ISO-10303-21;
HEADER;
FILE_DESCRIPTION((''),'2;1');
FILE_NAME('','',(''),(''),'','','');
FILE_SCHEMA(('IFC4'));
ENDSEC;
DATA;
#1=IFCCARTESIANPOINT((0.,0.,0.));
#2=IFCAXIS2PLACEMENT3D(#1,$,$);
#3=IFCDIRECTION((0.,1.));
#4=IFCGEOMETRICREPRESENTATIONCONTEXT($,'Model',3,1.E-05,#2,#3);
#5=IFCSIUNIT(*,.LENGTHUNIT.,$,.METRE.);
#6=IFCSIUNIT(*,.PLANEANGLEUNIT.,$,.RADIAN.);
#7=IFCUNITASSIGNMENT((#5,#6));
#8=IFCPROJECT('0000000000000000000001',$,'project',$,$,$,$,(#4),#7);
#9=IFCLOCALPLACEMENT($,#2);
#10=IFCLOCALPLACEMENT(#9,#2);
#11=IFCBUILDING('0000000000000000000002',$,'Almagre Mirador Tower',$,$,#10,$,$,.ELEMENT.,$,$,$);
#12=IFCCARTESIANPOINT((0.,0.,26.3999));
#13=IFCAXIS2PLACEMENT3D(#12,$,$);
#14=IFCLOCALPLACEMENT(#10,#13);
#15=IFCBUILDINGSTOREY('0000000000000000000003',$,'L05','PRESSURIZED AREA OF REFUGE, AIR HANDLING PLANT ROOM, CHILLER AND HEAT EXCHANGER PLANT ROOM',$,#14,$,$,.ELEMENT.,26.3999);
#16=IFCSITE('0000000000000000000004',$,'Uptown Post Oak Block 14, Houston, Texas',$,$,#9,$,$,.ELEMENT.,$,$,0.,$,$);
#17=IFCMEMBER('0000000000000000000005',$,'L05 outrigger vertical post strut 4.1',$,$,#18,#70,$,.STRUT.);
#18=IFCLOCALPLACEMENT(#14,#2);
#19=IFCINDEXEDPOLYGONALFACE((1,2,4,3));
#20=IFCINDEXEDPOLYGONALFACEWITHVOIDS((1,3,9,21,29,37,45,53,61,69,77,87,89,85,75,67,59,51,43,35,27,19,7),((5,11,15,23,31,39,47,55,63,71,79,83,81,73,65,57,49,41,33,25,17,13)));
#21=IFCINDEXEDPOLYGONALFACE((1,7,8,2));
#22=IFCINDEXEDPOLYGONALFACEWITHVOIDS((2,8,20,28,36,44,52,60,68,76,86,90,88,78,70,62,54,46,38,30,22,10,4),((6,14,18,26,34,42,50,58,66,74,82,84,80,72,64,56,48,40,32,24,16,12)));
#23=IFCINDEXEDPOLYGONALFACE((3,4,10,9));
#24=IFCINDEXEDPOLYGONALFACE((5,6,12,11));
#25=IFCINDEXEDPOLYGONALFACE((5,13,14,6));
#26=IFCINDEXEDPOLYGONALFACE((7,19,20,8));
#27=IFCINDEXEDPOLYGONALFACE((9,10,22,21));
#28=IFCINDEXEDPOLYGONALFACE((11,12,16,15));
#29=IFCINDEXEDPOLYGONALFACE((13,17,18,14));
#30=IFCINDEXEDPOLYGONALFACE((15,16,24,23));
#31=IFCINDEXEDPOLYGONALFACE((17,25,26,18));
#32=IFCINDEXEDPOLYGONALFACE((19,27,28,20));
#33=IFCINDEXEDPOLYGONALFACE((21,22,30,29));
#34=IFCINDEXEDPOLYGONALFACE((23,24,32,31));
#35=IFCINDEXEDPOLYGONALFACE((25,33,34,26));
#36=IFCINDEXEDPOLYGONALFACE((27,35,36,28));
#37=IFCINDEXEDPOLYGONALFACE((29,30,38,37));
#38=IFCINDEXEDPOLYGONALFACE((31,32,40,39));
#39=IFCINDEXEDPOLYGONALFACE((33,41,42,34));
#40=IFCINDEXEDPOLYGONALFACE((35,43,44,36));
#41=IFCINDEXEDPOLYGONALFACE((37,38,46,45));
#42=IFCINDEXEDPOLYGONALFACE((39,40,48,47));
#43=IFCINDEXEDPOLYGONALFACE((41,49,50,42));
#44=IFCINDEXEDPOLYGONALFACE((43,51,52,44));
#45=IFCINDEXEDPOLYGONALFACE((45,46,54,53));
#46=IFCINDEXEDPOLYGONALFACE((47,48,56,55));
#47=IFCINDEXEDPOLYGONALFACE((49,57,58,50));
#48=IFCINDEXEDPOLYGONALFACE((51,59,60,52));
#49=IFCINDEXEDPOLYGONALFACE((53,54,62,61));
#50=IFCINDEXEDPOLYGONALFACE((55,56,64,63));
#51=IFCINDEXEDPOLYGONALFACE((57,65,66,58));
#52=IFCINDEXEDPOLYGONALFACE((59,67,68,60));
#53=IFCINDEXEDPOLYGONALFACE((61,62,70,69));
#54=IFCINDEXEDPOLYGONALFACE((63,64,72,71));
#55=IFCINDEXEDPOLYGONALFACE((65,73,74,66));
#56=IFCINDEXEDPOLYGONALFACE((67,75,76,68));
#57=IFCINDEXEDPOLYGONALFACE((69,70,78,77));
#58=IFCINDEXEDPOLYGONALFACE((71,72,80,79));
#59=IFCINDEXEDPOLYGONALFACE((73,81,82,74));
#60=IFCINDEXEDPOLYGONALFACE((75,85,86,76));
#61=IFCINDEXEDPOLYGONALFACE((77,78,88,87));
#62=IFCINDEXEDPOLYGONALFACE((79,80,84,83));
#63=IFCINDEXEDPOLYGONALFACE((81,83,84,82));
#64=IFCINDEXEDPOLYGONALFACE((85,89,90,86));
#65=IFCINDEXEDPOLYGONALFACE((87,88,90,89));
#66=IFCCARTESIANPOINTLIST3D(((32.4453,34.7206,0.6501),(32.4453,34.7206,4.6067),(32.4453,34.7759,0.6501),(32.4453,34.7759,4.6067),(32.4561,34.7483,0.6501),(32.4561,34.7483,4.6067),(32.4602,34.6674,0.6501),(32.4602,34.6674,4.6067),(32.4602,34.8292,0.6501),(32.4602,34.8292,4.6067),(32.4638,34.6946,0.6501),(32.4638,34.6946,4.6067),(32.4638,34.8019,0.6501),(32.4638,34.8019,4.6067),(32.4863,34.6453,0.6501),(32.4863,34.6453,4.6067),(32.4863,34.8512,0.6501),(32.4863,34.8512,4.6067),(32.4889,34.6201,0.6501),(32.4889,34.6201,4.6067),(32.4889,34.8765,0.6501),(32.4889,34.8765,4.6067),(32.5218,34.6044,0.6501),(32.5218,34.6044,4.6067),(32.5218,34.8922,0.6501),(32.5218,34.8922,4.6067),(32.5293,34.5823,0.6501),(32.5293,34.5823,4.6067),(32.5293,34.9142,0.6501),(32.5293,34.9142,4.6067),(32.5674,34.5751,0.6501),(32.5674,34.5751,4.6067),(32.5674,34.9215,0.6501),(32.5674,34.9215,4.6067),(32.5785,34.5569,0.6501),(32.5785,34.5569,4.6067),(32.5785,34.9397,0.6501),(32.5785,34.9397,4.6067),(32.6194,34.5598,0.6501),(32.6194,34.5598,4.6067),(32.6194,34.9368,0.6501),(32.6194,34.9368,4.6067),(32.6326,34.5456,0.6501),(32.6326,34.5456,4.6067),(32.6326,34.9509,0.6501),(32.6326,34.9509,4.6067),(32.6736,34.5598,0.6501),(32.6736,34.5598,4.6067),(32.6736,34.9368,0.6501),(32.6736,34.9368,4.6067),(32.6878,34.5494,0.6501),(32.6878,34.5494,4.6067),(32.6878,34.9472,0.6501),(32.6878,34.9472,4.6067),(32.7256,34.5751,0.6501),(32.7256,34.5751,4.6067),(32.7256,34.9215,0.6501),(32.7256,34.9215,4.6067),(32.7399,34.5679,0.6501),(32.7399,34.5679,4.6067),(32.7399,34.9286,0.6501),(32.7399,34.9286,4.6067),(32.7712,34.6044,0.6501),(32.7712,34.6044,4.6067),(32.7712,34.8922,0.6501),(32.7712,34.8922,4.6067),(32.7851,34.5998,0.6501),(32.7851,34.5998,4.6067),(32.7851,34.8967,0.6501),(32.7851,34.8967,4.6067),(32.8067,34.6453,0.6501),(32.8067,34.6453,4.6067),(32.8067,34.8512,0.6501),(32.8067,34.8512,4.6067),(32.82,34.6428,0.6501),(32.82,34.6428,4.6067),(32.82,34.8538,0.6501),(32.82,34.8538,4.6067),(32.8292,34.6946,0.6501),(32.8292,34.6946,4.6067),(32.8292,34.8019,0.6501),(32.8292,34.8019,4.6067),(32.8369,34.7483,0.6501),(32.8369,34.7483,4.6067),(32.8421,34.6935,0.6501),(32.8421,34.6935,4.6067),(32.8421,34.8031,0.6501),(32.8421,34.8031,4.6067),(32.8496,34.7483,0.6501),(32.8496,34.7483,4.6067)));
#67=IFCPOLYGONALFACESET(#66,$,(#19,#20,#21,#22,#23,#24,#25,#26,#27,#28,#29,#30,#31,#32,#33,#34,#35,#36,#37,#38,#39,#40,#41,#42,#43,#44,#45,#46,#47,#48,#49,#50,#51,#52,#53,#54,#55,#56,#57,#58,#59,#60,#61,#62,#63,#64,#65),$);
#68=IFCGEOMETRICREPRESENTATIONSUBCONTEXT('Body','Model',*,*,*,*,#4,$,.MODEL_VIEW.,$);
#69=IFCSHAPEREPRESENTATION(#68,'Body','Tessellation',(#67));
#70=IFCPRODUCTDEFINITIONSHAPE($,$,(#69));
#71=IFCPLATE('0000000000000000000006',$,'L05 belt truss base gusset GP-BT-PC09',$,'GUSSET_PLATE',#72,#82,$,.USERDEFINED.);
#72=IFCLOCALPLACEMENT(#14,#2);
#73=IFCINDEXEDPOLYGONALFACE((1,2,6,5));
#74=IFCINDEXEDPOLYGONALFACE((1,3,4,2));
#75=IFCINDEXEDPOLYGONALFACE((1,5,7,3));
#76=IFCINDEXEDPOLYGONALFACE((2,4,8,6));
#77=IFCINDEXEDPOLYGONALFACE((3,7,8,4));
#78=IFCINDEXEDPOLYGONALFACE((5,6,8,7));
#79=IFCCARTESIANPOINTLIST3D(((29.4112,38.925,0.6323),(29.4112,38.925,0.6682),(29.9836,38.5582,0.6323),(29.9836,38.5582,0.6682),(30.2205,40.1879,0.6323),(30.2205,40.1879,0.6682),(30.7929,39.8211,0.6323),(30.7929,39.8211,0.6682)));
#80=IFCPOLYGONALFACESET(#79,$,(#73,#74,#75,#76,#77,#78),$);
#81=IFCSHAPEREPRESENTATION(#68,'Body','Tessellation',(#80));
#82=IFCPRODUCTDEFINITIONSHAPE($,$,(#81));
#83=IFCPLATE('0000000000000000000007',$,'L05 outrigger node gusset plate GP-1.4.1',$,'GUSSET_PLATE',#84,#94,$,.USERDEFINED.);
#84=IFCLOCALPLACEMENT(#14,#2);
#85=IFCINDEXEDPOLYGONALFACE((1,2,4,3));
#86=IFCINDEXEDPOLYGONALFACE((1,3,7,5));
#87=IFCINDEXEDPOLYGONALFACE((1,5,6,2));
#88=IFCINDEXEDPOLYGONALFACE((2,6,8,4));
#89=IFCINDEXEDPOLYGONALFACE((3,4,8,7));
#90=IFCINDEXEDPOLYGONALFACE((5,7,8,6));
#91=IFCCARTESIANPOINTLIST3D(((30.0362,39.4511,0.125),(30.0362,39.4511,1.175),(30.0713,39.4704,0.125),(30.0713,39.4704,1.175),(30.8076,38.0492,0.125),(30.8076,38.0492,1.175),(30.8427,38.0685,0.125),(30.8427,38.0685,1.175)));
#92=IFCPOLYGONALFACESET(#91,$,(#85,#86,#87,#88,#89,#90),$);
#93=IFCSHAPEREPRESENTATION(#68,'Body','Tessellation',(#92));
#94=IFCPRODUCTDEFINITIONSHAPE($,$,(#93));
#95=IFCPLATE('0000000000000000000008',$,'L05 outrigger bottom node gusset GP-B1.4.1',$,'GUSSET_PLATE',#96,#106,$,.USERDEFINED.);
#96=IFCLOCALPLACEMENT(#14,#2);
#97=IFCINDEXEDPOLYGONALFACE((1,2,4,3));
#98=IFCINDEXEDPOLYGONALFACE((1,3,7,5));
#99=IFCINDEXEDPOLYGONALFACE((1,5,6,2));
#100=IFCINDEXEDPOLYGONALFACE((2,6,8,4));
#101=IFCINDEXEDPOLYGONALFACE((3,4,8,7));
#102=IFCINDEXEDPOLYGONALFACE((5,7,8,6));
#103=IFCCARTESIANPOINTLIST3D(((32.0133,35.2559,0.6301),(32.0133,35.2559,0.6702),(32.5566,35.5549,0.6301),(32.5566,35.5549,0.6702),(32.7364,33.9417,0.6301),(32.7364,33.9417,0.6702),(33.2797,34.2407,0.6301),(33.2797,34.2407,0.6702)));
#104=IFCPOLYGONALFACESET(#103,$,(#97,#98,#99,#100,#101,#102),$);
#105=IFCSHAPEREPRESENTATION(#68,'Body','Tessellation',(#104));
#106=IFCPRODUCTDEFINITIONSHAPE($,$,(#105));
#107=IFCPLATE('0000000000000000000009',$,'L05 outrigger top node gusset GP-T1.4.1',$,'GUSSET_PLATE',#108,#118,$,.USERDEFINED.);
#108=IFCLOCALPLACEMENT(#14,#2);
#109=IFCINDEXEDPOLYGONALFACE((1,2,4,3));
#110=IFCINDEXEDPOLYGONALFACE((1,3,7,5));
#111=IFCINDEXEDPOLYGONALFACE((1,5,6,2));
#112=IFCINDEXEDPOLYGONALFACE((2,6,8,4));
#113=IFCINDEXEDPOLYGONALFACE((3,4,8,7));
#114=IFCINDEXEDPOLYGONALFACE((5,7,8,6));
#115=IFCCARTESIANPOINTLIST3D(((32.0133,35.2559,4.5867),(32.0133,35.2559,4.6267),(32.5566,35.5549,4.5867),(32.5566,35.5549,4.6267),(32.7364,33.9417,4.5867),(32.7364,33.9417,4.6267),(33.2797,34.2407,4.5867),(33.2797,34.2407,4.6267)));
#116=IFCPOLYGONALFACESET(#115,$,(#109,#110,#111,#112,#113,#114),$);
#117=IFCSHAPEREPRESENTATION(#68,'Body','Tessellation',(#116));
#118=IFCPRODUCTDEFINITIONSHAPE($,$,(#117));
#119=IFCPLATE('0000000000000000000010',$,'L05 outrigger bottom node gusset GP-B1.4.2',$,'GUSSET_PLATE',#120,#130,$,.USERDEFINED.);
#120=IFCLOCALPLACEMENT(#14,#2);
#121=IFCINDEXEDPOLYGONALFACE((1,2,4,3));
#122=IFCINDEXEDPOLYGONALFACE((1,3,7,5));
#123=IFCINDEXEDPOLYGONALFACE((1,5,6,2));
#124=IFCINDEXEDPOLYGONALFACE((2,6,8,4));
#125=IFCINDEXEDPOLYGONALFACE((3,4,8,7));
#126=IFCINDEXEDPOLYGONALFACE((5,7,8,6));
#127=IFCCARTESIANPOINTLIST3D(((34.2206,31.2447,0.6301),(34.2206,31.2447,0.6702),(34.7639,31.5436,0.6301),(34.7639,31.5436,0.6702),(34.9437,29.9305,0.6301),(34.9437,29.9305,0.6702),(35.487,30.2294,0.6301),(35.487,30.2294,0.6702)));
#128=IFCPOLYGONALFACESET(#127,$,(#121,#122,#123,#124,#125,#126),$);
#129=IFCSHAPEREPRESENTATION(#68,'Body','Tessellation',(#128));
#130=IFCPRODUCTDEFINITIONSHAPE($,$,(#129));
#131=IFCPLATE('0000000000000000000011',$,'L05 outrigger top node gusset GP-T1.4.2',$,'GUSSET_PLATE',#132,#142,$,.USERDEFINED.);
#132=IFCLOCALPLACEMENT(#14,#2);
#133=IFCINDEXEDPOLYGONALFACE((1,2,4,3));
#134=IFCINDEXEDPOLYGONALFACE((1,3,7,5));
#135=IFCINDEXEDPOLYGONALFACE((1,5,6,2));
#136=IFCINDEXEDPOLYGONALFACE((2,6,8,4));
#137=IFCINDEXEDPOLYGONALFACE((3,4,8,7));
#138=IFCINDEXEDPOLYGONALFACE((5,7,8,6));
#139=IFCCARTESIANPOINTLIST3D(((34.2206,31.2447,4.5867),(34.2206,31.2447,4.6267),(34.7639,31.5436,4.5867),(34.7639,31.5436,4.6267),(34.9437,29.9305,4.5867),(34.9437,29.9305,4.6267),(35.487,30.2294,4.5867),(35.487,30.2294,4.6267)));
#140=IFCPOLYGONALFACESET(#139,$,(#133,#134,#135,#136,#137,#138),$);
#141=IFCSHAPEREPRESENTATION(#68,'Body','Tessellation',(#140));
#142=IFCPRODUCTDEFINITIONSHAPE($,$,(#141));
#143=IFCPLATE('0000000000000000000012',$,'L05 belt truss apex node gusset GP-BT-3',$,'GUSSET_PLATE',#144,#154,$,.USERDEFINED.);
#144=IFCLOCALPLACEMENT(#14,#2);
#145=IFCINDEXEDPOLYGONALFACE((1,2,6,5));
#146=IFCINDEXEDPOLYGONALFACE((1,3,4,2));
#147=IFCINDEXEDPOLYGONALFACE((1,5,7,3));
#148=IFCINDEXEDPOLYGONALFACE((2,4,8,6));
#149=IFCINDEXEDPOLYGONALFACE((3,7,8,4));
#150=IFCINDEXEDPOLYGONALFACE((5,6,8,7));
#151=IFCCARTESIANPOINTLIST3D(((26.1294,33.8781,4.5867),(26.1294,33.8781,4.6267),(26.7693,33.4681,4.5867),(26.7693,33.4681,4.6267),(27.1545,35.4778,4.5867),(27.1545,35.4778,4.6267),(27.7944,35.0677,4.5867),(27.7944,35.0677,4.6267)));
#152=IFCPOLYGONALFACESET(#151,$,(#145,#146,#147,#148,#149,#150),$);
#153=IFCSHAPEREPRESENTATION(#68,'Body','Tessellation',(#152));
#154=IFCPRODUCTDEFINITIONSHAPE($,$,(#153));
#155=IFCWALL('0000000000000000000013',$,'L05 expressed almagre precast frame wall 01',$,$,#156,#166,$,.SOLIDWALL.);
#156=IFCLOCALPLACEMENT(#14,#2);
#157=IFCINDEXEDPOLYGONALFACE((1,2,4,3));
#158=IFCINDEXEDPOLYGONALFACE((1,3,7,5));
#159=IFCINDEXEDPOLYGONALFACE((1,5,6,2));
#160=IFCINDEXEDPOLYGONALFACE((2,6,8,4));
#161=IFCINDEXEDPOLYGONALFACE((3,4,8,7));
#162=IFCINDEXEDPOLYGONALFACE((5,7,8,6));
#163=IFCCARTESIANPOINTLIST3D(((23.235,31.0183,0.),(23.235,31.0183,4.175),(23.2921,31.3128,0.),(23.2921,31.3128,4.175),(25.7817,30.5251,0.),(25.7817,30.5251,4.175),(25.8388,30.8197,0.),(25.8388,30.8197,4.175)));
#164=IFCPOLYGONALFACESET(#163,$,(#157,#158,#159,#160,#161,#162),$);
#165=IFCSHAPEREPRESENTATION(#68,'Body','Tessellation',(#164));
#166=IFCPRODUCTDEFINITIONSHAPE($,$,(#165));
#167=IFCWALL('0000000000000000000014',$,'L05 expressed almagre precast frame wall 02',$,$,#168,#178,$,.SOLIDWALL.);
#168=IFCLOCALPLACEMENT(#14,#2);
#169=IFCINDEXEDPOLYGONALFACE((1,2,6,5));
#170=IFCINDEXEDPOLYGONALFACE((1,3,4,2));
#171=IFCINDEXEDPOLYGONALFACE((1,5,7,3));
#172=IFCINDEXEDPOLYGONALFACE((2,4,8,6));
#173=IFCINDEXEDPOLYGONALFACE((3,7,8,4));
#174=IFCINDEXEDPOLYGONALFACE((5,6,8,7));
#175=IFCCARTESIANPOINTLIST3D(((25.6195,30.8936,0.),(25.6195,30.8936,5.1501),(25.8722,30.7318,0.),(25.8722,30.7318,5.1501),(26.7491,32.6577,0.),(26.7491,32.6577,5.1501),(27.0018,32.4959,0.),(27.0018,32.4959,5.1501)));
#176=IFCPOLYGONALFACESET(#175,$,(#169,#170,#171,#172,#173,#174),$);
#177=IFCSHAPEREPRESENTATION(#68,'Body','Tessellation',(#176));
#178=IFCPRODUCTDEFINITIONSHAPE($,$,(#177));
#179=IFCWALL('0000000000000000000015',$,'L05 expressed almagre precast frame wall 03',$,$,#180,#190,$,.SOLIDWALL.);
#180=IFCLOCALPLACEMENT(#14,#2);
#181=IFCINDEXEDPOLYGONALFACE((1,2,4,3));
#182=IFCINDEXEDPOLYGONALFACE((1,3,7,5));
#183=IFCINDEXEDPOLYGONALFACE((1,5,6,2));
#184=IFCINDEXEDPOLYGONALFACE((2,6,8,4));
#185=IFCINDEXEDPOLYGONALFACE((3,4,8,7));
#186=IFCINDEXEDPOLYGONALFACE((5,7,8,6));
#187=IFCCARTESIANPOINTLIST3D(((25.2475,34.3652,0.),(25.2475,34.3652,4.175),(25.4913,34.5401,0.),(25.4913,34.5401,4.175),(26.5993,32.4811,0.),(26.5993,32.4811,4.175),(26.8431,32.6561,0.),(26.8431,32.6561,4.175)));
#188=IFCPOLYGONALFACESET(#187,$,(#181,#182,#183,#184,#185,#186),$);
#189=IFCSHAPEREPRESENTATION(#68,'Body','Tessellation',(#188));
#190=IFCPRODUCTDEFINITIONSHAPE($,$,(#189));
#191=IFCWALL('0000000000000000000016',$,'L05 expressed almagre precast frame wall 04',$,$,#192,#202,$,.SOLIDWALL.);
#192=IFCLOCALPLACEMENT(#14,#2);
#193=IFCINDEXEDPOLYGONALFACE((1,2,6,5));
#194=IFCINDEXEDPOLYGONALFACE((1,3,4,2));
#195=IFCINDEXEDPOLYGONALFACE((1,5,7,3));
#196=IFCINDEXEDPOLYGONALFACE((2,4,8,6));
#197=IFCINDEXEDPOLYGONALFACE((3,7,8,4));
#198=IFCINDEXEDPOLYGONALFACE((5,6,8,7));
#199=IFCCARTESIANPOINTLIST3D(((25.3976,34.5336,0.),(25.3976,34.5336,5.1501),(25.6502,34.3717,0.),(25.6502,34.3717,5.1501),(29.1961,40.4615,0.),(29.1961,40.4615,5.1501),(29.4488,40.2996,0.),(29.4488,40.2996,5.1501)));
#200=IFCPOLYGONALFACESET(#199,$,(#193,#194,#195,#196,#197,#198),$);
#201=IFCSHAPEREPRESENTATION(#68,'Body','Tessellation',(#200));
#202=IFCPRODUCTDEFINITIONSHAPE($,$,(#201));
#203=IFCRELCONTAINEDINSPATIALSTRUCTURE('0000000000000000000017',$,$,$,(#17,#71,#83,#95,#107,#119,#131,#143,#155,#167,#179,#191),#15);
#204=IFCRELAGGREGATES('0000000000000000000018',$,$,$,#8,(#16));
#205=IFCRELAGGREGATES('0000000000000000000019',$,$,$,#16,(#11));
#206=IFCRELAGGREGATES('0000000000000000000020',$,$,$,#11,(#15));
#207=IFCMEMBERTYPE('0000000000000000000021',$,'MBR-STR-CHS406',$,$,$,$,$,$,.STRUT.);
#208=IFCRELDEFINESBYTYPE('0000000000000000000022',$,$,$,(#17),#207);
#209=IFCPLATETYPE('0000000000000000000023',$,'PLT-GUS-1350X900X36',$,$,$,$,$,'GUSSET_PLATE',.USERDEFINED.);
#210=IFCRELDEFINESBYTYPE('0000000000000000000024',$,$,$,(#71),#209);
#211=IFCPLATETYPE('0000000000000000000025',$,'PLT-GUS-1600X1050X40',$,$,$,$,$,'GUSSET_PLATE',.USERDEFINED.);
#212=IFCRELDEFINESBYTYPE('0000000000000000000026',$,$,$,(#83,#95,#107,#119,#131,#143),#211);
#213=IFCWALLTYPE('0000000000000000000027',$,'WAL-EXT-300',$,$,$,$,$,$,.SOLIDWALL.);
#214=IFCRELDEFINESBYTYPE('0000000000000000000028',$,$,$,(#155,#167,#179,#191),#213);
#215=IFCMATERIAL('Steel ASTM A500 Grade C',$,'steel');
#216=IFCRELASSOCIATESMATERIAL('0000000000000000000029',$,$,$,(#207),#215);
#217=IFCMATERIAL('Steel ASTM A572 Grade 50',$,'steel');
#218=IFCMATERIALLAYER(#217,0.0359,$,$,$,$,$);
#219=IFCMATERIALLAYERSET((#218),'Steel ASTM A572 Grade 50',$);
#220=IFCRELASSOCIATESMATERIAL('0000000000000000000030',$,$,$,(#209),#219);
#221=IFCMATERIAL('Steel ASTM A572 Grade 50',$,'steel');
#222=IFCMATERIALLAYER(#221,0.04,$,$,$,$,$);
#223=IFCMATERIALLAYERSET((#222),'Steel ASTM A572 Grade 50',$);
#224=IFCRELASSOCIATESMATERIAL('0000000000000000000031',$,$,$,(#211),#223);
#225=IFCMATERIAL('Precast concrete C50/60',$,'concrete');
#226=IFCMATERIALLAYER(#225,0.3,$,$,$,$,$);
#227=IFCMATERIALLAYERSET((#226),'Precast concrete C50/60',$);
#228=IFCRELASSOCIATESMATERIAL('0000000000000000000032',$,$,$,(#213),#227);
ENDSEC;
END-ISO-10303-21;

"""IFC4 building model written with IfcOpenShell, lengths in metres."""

from ifc_helpers import new_model, si_unit, direction, frame, frame_2d, origin, origin_2d, place, context, subcontext, project, spatial, rectangle, hollow_circle, extrude, material, layer, layer_set, material_profile, profile_set, type_object, element, save


model = new_model("IFC4")

# Units and contexts
model_context = context("Model", 3, precision=1e-05, world=origin(), true_north=direction((0.0, 1.0)))
body_context = subcontext(model_context, "Body", "Model", "MODEL_VIEW")
ifc_project = project(units=[si_unit("LENGTHUNIT", "METRE"), si_unit("PLANEANGLEUNIT", "RADIAN")], contexts=[model_context])

# Site, building, storey
site_placement = place(None, origin())
site = spatial("IfcSite", under=ifc_project, at=site_placement, Name="Uptown Post Oak Block 14, Houston, Texas", CompositionType="ELEMENT", RefElevation=0.0)
building_placement = place(site_placement, origin())
building = spatial("IfcBuilding", under=site, at=building_placement, Name="Almagre Mirador Tower", CompositionType="ELEMENT")
storey_placement = place(building_placement, frame((0.0, 0.0, 26.3999)))
storey = spatial("IfcBuildingStorey", under=building, at=storey_placement, Name="L05", Description="PRESSURIZED AREA OF REFUGE, AIR HANDLING PLANT ROOM, CHILLER AND HEAT EXCHANGER PLANT ROOM", CompositionType="ELEMENT", Elevation=26.3999)

# Member
ifc_material_1 = material(Name="Steel ASTM A500 Grade C", Category="steel")
ifc_material_profile_1 = material_profile(ifc_material_1, hollow_circle(Radius=0.2031, WallThickness=0.0127, at=origin_2d()), Name="CHS406.4X12.7")
ifc_profile_set_1 = profile_set([ifc_material_profile_1], Name="Steel ASTM A500 Grade C")
member_type_1 = type_object("IfcMemberType", Name="MBR-STR-CHS406", PredefinedType="STRUT", material=ifc_profile_set_1)
member_1_placement = place(storey_placement, frame((32.6465, 34.7483, 0.6501), z_axis=(0.0, 0.0, 1.0), x_axis=(1.0, 0.0, 0.0)))
element("IfcMember", 1, at=member_1_placement, inside=storey, type_object=member_type_1, Name="L05 outrigger vertical post strut 4.1", PredefinedType="STRUT", context=body_context, shape_type="SweptSolid", body=[
    extrude(hollow_circle(Radius=0.2031, WallThickness=0.0127, at=origin_2d()), origin(), (0.0, 0.0, 1.0), 3.9565),
])

# Plates
ifc_material_2 = material(Name="Steel ASTM A572 Grade 50", Category="steel")
ifc_layer_1 = layer(ifc_material_2, 0.0359)
ifc_layer_set_1 = layer_set([ifc_layer_1], Name="Steel ASTM A572 Grade 50")
plate_type_1 = type_object("IfcPlateType", Name="PLT-GUS-1350X900X36", ElementType="GUSSET_PLATE", PredefinedType="USERDEFINED", material=ifc_layer_set_1)
plate_1_placement = place(storey_placement, frame((30.1021, 39.373, 0.6323), z_axis=(0.0, 0.0, 1.0), x_axis=(-0.539535, -0.841963, 0.0)))
element("IfcPlate", 2, at=plate_1_placement, inside=storey, type_object=plate_type_1, Name="L05 belt truss base gusset GP-BT-PC09", ObjectType="GUSSET_PLATE", PredefinedType="USERDEFINED", context=body_context, shape_type="SweptSolid", body=[
    extrude(rectangle(XDim=1.5, YDim=0.6799, at=origin_2d()), origin(), (0.0, 0.0, 1.0), 0.0359),
])
ifc_material_3 = material(Name="Steel ASTM A572 Grade 50", Category="steel")
ifc_layer_2 = layer(ifc_material_3, 0.04)
ifc_layer_set_2 = layer_set([ifc_layer_2], Name="Steel ASTM A572 Grade 50")
plate_type_2 = type_object("IfcPlateType", Name="PLT-GUS-1600X1050X40", ElementType="GUSSET_PLATE", PredefinedType="USERDEFINED", material=ifc_layer_set_2)
plate_2_placement = place(storey_placement, frame((30.4395, 38.7598, 0.125), z_axis=(0.0, 0.0, 1.0), x_axis=(0.482075, -0.87613, 0.0)))
element("IfcPlate", 3, at=plate_2_placement, inside=storey, type_object=plate_type_2, Name="L05 outrigger node gusset plate GP-1.4.1", ObjectType="GUSSET_PLATE", PredefinedType="USERDEFINED", context=body_context, shape_type="SweptSolid", body=[
    extrude(rectangle(XDim=1.6001, YDim=0.04, at=origin_2d()), origin(), (0.0, 0.0, 1.0), 1.05),
])
for number, where, z_axis, x_axis, name in (
    (4, (32.6465, 34.7483, 0.6301), (0.0, 0.0, 1.0), (0.482075, -0.87613, 0.0), "L05 outrigger bottom node gusset GP-B1.4.1"),
    (5, (32.6465, 34.7483, 4.5867), (0.0, 0.0, 1.0), (0.482075, -0.87613, 0.0), "L05 outrigger top node gusset GP-T1.4.1"),
    (6, (34.8538, 30.7371, 0.6301), (0.0, 0.0, 1.0), (0.482075, -0.87613, 0.0), "L05 outrigger bottom node gusset GP-B1.4.2"),
    (7, (34.8538, 30.7371, 4.5867), (0.0, 0.0, 1.0), (0.482075, -0.87613, 0.0), "L05 outrigger top node gusset GP-T1.4.2"),
):
    element("IfcPlate", number, at=place(storey_placement, frame(where, z_axis=z_axis, x_axis=x_axis)), inside=storey, type_object=plate_type_2, Name=name, ObjectType="GUSSET_PLATE", PredefinedType="USERDEFINED", context=body_context, shape_type="SweptSolid", body=[
        extrude(rectangle(XDim=1.5, YDim=0.6201, at=origin_2d()), origin(), (0.0, 0.0, 1.0), 0.04),
    ])
plate_3_placement = place(storey_placement, frame((26.9619, 34.4729, 4.5867), z_axis=(0.0, 0.0, 1.0), x_axis=(-0.539535, -0.841963, 0.0)))
element("IfcPlate", 8, at=plate_3_placement, inside=storey, type_object=plate_type_2, Name="L05 belt truss apex node gusset GP-BT-3", ObjectType="GUSSET_PLATE", PredefinedType="USERDEFINED", context=body_context, shape_type="SweptSolid", body=[
    extrude(rectangle(XDim=1.8999, YDim=0.76, at=origin_2d()), origin(), (0.0, 0.0, 1.0), 0.04),
])

# Walls
ifc_material_4 = material(Name="Precast concrete C50/60", Category="concrete")
ifc_layer_3 = layer(ifc_material_4, 0.3)
ifc_layer_set_3 = layer_set([ifc_layer_3], Name="Precast concrete C50/60")
wall_type_1 = type_object("IfcWallType", Name="WAL-EXT-300", PredefinedType="SOLIDWALL", material=ifc_layer_set_3)
wall_1_placement = place(storey_placement, frame((23.2637, 31.1655, 0.0), z_axis=(0.0, 0.0, 1.0), x_axis=(0.981761, -0.190121, 0.0)))
element("IfcWall", 9, at=wall_1_placement, inside=storey, type_object=wall_type_1, Name="L05 expressed almagre precast frame wall 01", PredefinedType="SOLIDWALL", context=body_context, shape_type="SweptSolid", body=[
    extrude(rectangle(XDim=2.594, YDim=0.3, at=frame_2d((1.2969, 0.0))), origin(), (0.0, 0.0, 1.0), 4.175),
])
wall_2_placement = place(storey_placement, frame((25.7458, 30.8127, 0.0), z_axis=(0.0, 0.0, 1.0), x_axis=(0.539249, 0.842147, 0.0)))
element("IfcWall", 10, at=wall_2_placement, inside=storey, type_object=wall_type_1, Name="L05 expressed almagre precast frame wall 02", PredefinedType="SOLIDWALL", context=body_context, shape_type="SweptSolid", body=[
    extrude(rectangle(XDim=2.0947, YDim=0.3, at=frame_2d((1.0474, 0.0))), origin(), (0.0, 0.0, 1.0), 5.1501),
])
wall_3_placement = place(storey_placement, frame((26.7212, 32.5686, 0.0), z_axis=(0.0, 0.0, 1.0), x_axis=(-0.58297, 0.812494, 0.0)))
element("IfcWall", 11, at=wall_3_placement, inside=storey, type_object=wall_type_1, Name="L05 expressed almagre precast frame wall 03", PredefinedType="SOLIDWALL", context=body_context, shape_type="SweptSolid", body=[
    extrude(rectangle(XDim=2.3188, YDim=0.3, at=frame_2d((1.1594, 0.0))), origin(), (0.0, 0.0, 1.0), 4.175),
])
wall_4_placement = place(storey_placement, frame((25.5239, 34.4526, 0.0), z_axis=(0.0, 0.0, 1.0), x_axis=(0.539525, 0.84197, 0.0)))
element("IfcWall", 12, at=wall_4_placement, inside=storey, type_object=wall_type_1, Name="L05 expressed almagre precast frame wall 04", PredefinedType="SOLIDWALL", context=body_context, shape_type="SweptSolid", body=[
    extrude(rectangle(XDim=7.0405, YDim=0.3, at=frame_2d((3.5203, 0.0))), origin(), (0.0, 0.0, 1.0), 5.1501),
])

save(model, "model.ifc")
